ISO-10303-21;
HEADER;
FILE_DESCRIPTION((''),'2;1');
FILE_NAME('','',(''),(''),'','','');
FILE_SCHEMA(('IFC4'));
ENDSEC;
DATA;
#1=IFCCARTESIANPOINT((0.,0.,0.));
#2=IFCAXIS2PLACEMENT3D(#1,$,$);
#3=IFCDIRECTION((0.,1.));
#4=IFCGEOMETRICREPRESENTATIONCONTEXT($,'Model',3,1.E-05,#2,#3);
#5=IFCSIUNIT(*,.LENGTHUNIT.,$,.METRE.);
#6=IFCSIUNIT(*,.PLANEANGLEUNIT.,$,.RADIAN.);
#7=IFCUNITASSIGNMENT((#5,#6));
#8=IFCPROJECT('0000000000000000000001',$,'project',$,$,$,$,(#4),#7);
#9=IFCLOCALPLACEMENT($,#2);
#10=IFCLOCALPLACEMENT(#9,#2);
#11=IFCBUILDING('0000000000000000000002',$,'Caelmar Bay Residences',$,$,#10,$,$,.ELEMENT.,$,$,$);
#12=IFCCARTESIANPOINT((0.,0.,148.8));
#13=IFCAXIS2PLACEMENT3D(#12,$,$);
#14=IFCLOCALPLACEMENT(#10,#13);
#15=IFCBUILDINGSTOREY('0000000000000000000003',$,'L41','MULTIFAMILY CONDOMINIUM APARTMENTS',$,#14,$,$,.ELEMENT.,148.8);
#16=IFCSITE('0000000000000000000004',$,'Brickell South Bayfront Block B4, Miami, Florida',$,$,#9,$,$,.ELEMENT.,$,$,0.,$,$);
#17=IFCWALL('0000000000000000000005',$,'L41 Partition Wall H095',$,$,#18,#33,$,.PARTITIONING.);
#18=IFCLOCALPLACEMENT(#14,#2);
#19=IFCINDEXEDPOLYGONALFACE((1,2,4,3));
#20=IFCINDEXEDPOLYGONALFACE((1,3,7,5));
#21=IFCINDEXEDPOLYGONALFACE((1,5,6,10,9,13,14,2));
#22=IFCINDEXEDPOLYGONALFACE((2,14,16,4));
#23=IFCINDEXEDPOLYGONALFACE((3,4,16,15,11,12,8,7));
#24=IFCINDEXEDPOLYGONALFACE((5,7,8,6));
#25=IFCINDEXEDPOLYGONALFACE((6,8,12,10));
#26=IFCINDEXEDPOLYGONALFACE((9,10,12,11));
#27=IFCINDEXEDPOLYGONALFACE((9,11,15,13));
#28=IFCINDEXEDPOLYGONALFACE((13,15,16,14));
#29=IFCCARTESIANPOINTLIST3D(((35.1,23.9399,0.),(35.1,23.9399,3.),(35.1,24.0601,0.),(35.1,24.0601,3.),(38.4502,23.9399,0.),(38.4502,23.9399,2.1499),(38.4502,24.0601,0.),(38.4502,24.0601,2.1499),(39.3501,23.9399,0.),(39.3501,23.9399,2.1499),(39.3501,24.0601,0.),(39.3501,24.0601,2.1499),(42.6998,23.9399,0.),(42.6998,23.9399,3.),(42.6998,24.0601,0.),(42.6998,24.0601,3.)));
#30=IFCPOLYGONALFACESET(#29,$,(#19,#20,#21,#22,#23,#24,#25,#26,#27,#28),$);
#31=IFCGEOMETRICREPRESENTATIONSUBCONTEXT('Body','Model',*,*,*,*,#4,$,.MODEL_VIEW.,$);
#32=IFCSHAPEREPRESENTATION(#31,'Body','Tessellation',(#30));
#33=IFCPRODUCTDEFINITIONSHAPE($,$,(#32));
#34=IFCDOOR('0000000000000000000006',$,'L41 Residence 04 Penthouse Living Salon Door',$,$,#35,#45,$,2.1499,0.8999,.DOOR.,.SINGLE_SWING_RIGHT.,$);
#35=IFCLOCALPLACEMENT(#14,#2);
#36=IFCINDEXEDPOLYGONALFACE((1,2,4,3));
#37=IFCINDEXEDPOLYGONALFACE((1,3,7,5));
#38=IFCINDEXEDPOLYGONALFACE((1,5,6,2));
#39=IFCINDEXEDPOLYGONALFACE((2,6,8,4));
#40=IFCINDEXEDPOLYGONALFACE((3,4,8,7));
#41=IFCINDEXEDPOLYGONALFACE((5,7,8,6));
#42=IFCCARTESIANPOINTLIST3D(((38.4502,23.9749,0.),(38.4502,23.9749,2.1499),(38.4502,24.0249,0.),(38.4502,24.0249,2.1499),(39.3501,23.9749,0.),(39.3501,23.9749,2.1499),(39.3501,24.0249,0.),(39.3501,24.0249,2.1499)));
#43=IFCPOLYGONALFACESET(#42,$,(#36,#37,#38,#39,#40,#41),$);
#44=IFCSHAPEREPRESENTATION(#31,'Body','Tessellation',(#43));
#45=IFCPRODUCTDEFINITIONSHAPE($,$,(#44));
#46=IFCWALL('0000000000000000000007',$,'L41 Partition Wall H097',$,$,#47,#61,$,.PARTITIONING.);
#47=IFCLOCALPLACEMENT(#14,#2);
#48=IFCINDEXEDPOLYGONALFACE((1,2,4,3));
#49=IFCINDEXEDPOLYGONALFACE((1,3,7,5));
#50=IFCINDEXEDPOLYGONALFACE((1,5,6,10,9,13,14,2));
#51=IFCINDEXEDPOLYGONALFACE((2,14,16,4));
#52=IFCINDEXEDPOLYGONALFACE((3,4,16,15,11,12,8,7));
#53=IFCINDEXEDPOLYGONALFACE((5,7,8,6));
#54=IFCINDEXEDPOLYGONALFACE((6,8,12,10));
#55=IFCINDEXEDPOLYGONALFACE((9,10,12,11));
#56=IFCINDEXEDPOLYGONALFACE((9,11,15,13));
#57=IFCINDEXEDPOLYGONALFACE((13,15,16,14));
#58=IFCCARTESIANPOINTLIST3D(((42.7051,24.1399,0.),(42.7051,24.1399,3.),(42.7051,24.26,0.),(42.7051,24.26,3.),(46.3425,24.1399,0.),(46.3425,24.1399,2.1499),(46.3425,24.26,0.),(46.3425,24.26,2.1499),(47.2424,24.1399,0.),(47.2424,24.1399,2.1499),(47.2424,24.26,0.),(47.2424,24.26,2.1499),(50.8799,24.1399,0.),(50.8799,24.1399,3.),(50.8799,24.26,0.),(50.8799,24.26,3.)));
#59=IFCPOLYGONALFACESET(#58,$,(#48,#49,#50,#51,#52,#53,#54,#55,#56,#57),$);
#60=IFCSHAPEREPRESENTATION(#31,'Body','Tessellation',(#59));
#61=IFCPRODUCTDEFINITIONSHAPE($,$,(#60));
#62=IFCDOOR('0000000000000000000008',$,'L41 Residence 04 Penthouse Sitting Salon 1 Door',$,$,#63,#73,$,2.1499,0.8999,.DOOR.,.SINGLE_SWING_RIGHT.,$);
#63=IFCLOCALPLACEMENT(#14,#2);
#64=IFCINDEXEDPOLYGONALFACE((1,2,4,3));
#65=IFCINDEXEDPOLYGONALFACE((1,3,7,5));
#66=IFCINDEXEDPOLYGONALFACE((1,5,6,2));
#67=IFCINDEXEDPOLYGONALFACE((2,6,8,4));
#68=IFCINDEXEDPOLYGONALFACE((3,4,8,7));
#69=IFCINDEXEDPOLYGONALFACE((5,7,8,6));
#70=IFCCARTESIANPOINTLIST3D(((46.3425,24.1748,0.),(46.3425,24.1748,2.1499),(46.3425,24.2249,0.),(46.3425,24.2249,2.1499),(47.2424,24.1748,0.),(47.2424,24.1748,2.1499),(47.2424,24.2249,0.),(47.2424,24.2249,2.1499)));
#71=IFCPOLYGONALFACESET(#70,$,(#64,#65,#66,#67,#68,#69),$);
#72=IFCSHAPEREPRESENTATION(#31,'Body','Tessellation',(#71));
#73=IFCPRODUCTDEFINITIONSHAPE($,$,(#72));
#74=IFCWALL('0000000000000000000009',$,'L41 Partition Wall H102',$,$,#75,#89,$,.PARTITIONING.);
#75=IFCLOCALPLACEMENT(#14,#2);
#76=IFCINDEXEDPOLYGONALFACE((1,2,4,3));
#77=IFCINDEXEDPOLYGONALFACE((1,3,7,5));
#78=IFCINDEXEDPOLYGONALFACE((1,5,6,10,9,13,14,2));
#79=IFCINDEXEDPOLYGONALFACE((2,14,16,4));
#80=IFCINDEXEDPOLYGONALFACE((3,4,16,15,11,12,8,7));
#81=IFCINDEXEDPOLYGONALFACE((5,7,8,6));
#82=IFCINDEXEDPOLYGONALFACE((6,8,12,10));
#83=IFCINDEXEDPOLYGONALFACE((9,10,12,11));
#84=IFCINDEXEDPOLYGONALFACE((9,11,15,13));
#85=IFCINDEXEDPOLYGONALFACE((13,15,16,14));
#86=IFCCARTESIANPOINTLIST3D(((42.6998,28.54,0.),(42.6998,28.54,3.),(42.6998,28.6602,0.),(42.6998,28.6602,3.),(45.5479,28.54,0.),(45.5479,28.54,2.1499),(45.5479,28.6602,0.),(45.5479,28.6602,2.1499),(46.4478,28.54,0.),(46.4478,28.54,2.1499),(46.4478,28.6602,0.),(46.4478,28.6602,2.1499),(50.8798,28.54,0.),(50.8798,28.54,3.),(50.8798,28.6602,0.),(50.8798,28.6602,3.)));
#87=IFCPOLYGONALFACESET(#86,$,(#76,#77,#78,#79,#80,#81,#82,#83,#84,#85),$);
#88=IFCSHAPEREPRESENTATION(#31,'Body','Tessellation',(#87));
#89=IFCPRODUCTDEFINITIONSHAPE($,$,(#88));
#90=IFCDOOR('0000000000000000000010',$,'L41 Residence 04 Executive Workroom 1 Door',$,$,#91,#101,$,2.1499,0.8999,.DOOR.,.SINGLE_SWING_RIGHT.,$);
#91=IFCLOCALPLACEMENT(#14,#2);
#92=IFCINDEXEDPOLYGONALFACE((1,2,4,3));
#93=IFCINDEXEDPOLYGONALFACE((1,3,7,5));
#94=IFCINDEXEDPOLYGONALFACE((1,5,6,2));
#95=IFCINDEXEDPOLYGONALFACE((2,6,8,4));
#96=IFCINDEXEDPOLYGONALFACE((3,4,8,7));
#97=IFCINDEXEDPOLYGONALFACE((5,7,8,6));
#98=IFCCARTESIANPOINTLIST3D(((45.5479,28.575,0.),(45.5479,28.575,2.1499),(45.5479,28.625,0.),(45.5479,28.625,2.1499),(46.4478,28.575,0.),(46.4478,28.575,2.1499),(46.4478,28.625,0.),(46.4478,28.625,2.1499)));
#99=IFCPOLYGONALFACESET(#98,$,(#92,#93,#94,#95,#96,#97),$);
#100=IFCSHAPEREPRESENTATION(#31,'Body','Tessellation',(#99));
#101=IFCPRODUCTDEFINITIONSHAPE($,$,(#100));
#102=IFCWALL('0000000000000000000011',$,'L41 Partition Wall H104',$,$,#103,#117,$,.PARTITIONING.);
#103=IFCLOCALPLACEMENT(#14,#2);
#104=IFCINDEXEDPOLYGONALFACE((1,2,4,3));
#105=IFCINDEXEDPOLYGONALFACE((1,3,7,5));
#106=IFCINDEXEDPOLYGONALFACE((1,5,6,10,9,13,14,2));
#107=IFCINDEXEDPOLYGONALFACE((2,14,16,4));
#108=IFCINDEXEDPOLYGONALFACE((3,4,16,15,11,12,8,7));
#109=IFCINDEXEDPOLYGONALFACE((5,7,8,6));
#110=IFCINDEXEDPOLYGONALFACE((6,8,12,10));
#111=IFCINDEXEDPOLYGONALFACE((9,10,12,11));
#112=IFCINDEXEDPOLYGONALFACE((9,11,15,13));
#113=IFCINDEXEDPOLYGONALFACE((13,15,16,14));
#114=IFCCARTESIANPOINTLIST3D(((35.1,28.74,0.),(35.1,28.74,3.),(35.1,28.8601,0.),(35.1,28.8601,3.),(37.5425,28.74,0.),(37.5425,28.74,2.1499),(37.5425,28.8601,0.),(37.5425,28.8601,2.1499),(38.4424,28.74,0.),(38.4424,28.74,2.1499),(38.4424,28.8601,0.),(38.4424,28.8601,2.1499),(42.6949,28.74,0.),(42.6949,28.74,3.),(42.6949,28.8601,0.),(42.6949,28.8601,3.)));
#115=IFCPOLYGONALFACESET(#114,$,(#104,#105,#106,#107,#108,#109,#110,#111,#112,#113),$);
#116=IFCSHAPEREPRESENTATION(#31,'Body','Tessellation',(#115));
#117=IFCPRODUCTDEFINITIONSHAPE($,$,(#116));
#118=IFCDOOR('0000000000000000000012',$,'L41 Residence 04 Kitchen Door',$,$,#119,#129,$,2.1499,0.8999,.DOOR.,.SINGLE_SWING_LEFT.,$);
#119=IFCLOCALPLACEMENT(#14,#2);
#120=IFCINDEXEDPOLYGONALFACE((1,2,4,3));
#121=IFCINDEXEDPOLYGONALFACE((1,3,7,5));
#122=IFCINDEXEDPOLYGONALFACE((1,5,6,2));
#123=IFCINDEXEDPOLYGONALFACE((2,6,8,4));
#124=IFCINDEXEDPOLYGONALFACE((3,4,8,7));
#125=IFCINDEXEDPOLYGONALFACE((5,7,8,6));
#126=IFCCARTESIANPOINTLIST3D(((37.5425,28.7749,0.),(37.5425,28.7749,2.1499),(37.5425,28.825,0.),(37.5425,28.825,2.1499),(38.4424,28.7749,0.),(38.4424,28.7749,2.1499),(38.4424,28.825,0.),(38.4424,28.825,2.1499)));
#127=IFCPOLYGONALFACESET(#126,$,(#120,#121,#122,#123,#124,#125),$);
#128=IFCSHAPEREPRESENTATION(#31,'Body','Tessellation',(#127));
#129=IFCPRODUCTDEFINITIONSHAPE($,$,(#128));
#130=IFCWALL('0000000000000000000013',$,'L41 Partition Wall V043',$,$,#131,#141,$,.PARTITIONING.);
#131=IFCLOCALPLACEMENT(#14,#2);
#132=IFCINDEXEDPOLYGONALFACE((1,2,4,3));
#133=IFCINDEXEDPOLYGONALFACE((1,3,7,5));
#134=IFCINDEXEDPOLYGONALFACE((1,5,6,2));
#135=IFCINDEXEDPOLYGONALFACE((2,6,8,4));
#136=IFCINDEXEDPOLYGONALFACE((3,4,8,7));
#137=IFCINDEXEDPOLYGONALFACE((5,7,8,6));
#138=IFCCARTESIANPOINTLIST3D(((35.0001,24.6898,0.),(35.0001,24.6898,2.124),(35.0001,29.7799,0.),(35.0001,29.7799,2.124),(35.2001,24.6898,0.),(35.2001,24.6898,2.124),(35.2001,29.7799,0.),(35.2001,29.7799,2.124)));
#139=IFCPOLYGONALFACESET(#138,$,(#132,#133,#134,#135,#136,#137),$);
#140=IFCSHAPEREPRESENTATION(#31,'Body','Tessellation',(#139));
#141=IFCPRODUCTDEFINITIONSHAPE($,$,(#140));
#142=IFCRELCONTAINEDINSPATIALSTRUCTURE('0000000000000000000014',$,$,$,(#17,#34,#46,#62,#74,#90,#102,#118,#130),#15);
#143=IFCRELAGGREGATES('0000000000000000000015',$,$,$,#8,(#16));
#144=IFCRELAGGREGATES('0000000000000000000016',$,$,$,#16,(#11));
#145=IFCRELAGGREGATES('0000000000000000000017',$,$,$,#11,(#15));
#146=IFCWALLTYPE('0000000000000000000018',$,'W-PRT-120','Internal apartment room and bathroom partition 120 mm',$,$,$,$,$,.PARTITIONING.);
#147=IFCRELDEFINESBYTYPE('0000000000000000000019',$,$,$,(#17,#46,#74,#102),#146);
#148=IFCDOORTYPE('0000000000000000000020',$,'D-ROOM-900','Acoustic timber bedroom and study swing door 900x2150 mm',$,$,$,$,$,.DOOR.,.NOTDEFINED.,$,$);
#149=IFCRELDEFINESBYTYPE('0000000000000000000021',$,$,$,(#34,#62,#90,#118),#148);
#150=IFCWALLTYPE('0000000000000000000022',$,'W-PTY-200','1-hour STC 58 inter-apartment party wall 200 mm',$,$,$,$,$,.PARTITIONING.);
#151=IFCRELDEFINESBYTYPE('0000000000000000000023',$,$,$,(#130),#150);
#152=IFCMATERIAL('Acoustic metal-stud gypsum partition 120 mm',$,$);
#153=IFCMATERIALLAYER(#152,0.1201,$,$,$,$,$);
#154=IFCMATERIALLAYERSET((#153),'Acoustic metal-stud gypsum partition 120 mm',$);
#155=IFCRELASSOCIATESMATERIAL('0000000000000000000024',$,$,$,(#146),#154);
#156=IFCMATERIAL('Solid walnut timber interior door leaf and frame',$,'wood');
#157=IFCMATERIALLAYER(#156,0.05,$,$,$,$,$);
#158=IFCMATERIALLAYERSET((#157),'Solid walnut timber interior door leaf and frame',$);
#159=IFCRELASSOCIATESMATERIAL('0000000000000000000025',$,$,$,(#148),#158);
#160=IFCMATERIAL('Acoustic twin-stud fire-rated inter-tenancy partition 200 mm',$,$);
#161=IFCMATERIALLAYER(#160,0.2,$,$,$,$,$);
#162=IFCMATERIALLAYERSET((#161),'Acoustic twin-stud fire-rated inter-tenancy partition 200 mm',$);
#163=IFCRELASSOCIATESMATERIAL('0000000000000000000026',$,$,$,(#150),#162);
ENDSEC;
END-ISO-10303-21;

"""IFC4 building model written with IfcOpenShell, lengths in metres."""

from ifc_helpers import new_model, si_unit, direction, frame, frame_2d, origin, place, context, subcontext, project, spatial, rectangle, extrude, material, layer, layer_set, type_object, element, fill, save


model = new_model("IFC4")

# Units and contexts
model_context = context("Model", 3, precision=1e-05, world=origin(), true_north=direction((0.0, 1.0)))
body_context = subcontext(model_context, "Body", "Model", "MODEL_VIEW")
ifc_project = project(units=[si_unit("LENGTHUNIT", "METRE"), si_unit("PLANEANGLEUNIT", "RADIAN")], contexts=[model_context])

# Site, building, storey
site_placement = place(None, origin())
site = spatial("IfcSite", under=ifc_project, at=site_placement, Name="Brickell South Bayfront Block B4, Miami, Florida", CompositionType="ELEMENT", RefElevation=0.0)
building_placement = place(site_placement, origin())
building = spatial("IfcBuilding", under=site, at=building_placement, Name="Caelmar Bay Residences", CompositionType="ELEMENT")
storey_placement = place(building_placement, frame((0.0, 0.0, 148.8)))
storey = spatial("IfcBuildingStorey", under=building, at=storey_placement, Name="L41", Description="MULTIFAMILY CONDOMINIUM APARTMENTS", CompositionType="ELEMENT", Elevation=148.8)

# Shared definitions
ifc_material_1 = material(Name="Acoustic metal-stud gypsum partition 120 mm")
ifc_layer_1 = layer(ifc_material_1, 0.1201)
ifc_layer_set_1 = layer_set([ifc_layer_1], Name="Acoustic metal-stud gypsum partition 120 mm")
wall_type_1 = type_object("IfcWallType", Name="W-PRT-120", Description="Internal apartment room and bathroom partition 120 mm", PredefinedType="PARTITIONING", material=ifc_layer_set_1)

# Walls, openings, doors
ifc_material_2 = material(Name="Solid walnut timber interior door leaf and frame", Category="wood")
ifc_layer_2 = layer(ifc_material_2, 0.05)
ifc_layer_set_2 = layer_set([ifc_layer_2], Name="Solid walnut timber interior door leaf and frame")
door_type = type_object("IfcDoorType", Name="D-ROOM-900", Description="Acoustic timber bedroom and study swing door 900x2150 mm", OperationType="NOTDEFINED", PredefinedType="DOOR", material=ifc_layer_set_2)
wall_1_placement = place(storey_placement, frame((35.1001, 24.0, 0.0), z_axis=(0.0, 0.0, 1.0), x_axis=(1.0, 0.0, 0.0)))
wall_1 = element("IfcWall", 1, at=wall_1_placement, inside=storey, type_object=wall_type_1, Name="L41 Partition Wall H095", PredefinedType="PARTITIONING", context=body_context, shape_type="SweptSolid", body=[
    extrude(rectangle(XDim=7.5999, YDim=0.1201, at=frame_2d((3.7998, 0.0))), origin(), (0.0, 0.0, 1.0), 3.0),
])
opening_1_placement = place(wall_1_placement, frame((3.3501, 0.0, 0.0)))
opening_1 = element("IfcOpeningElement", 2, at=opening_1_placement, cuts=wall_1, PredefinedType="OPENING", context=body_context, shape_type="SweptSolid", body=[
    extrude(rectangle(XDim=0.8999, YDim=2.1499, at=frame_2d((0.45, 1.075))), frame((0.0, 0.0701, 0.0), z_axis=(0.0, -1.0, 0.0), x_axis=(1.0, 0.0, 0.0)), (0.0, 0.0, 1.0), 0.1401),
])
door_1_placement = place(opening_1_placement, origin())
door_1 = element("IfcDoor", 3, at=door_1_placement, inside=storey, type_object=door_type, Name="L41 Residence 04 Penthouse Living Salon Door", OperationType="SINGLE_SWING_RIGHT", OverallHeight=2.1499, OverallWidth=0.8999, PredefinedType="DOOR", context=body_context, shape_type="SweptSolid", body=[
    extrude(rectangle(XDim=0.8999, YDim=2.1499, at=frame_2d((0.45, 1.075))), frame((0.0, 0.0249, 0.0), z_axis=(0.0, -1.0, 0.0), x_axis=(1.0, 0.0, 0.0)), (0.0, 0.0, 1.0), 0.05),
])
fill(opening_1, door_1)
wall_2_placement = place(storey_placement, frame((42.7051, 24.2, 0.0), z_axis=(0.0, 0.0, 1.0), x_axis=(1.0, 0.0, 0.0)))
wall_2 = element("IfcWall", 4, at=wall_2_placement, inside=storey, type_object=wall_type_1, Name="L41 Partition Wall H097", PredefinedType="PARTITIONING", context=body_context, shape_type="SweptSolid", body=[
    extrude(rectangle(XDim=8.1748, YDim=0.1201, at=frame_2d((4.0874, 0.0))), origin(), (0.0, 0.0, 1.0), 3.0),
])
opening_2_placement = place(wall_2_placement, frame((3.6375, 0.0, 0.0)))
opening_2 = element("IfcOpeningElement", 5, at=opening_2_placement, cuts=wall_2, PredefinedType="OPENING", context=body_context, shape_type="SweptSolid", body=[
    extrude(rectangle(XDim=0.8999, YDim=2.1499, at=frame_2d((0.45, 1.075))), frame((0.0, 0.0701, 0.0), z_axis=(0.0, -1.0, 0.0), x_axis=(1.0, 0.0, 0.0)), (0.0, 0.0, 1.0), 0.1401),
])
door_2_placement = place(opening_2_placement, origin())
door_2 = element("IfcDoor", 6, at=door_2_placement, inside=storey, type_object=door_type, Name="L41 Residence 04 Penthouse Sitting Salon 1 Door", OperationType="SINGLE_SWING_RIGHT", OverallHeight=2.1499, OverallWidth=0.8999, PredefinedType="DOOR", context=body_context, shape_type="SweptSolid", body=[
    extrude(rectangle(XDim=0.8999, YDim=2.1499, at=frame_2d((0.45, 1.075))), frame((0.0, 0.0249, 0.0), z_axis=(0.0, -1.0, 0.0), x_axis=(1.0, 0.0, 0.0)), (0.0, 0.0, 1.0), 0.05),
])
fill(opening_2, door_2)
wall_3_placement = place(storey_placement, frame((42.7, 28.6001, 0.0), z_axis=(0.0, 0.0, 1.0), x_axis=(1.0, 0.0, 0.0)))
wall_3 = element("IfcWall", 7, at=wall_3_placement, inside=storey, type_object=wall_type_1, Name="L41 Partition Wall H102", PredefinedType="PARTITIONING", context=body_context, shape_type="SweptSolid", body=[
    extrude(rectangle(XDim=8.1799, YDim=0.1201, at=frame_2d((4.0898, 0.0))), origin(), (0.0, 0.0, 1.0), 3.0),
])
opening_3_placement = place(wall_3_placement, frame((2.8479, 0.0, 0.0)))
opening_3 = element("IfcOpeningElement", 8, at=opening_3_placement, cuts=wall_3, PredefinedType="OPENING", context=body_context, shape_type="SweptSolid", body=[
    extrude(rectangle(XDim=0.8999, YDim=2.1499, at=frame_2d((0.45, 1.075))), frame((0.0, 0.0701, 0.0), z_axis=(0.0, -1.0, 0.0), x_axis=(1.0, 0.0, 0.0)), (0.0, 0.0, 1.0), 0.1401),
])
door_3_placement = place(opening_3_placement, origin())
door_3 = element("IfcDoor", 9, at=door_3_placement, inside=storey, type_object=door_type, Name="L41 Residence 04 Executive Workroom 1 Door", OperationType="SINGLE_SWING_RIGHT", OverallHeight=2.1499, OverallWidth=0.8999, PredefinedType="DOOR", context=body_context, shape_type="SweptSolid", body=[
    extrude(rectangle(XDim=0.8999, YDim=2.1499, at=frame_2d((0.45, 1.075))), frame((0.0, 0.0249, 0.0), z_axis=(0.0, -1.0, 0.0), x_axis=(1.0, 0.0, 0.0)), (0.0, 0.0, 1.0), 0.05),
])
fill(opening_3, door_3)
wall_4_placement = place(storey_placement, frame((35.1001, 28.8, 0.0), z_axis=(0.0, 0.0, 1.0), x_axis=(1.0, 0.0, 0.0)))
wall_4 = element("IfcWall", 10, at=wall_4_placement, inside=storey, type_object=wall_type_1, Name="L41 Partition Wall H104", PredefinedType="PARTITIONING", context=body_context, shape_type="SweptSolid", body=[
    extrude(rectangle(XDim=7.595, YDim=0.1201, at=frame_2d((3.7974, 0.0))), origin(), (0.0, 0.0, 1.0), 3.0),
])
opening_4_placement = place(wall_4_placement, frame((2.4424, 0.0, 0.0)))
opening_4 = element("IfcOpeningElement", 11, at=opening_4_placement, cuts=wall_4, PredefinedType="OPENING", context=body_context, shape_type="SweptSolid", body=[
    extrude(rectangle(XDim=0.8999, YDim=2.1499, at=frame_2d((0.45, 1.075))), frame((0.0, 0.0701, 0.0), z_axis=(0.0, -1.0, 0.0), x_axis=(1.0, 0.0, 0.0)), (0.0, 0.0, 1.0), 0.1401),
])
door_4_placement = place(opening_4_placement, origin())
door_4 = element("IfcDoor", 12, at=door_4_placement, inside=storey, type_object=door_type, Name="L41 Residence 04 Kitchen Door", OperationType="SINGLE_SWING_LEFT", OverallHeight=2.1499, OverallWidth=0.8999, PredefinedType="DOOR", context=body_context, shape_type="SweptSolid", body=[
    extrude(rectangle(XDim=0.8999, YDim=2.1499, at=frame_2d((0.45, 1.075))), frame((0.0, 0.0249, 0.0), z_axis=(0.0, -1.0, 0.0), x_axis=(1.0, 0.0, 0.0)), (0.0, 0.0, 1.0), 0.05),
])
fill(opening_4, door_4)

# Wall
ifc_material_3 = material(Name="Acoustic twin-stud fire-rated inter-tenancy partition 200 mm")
ifc_layer_3 = layer(ifc_material_3, 0.2)
ifc_layer_set_3 = layer_set([ifc_layer_3], Name="Acoustic twin-stud fire-rated inter-tenancy partition 200 mm")
wall_type_2 = type_object("IfcWallType", Name="W-PTY-200", Description="1-hour STC 58 inter-apartment party wall 200 mm", PredefinedType="PARTITIONING", material=ifc_layer_set_3)
wall_5_placement = place(storey_placement, frame((35.1001, 24.6899, 0.0), z_axis=(0.0, 0.0, 1.0), x_axis=(0.0, 1.0, 0.0)))
element("IfcWall", 13, at=wall_5_placement, inside=storey, type_object=wall_type_2, Name="L41 Partition Wall V043", PredefinedType="PARTITIONING", context=body_context, shape_type="SweptSolid", body=[
    extrude(rectangle(XDim=5.0901, YDim=0.2, at=frame_2d((2.5449, 0.0))), origin(), (0.0, 0.0, 1.0), 2.124),
])

save(model, "model.ifc")
